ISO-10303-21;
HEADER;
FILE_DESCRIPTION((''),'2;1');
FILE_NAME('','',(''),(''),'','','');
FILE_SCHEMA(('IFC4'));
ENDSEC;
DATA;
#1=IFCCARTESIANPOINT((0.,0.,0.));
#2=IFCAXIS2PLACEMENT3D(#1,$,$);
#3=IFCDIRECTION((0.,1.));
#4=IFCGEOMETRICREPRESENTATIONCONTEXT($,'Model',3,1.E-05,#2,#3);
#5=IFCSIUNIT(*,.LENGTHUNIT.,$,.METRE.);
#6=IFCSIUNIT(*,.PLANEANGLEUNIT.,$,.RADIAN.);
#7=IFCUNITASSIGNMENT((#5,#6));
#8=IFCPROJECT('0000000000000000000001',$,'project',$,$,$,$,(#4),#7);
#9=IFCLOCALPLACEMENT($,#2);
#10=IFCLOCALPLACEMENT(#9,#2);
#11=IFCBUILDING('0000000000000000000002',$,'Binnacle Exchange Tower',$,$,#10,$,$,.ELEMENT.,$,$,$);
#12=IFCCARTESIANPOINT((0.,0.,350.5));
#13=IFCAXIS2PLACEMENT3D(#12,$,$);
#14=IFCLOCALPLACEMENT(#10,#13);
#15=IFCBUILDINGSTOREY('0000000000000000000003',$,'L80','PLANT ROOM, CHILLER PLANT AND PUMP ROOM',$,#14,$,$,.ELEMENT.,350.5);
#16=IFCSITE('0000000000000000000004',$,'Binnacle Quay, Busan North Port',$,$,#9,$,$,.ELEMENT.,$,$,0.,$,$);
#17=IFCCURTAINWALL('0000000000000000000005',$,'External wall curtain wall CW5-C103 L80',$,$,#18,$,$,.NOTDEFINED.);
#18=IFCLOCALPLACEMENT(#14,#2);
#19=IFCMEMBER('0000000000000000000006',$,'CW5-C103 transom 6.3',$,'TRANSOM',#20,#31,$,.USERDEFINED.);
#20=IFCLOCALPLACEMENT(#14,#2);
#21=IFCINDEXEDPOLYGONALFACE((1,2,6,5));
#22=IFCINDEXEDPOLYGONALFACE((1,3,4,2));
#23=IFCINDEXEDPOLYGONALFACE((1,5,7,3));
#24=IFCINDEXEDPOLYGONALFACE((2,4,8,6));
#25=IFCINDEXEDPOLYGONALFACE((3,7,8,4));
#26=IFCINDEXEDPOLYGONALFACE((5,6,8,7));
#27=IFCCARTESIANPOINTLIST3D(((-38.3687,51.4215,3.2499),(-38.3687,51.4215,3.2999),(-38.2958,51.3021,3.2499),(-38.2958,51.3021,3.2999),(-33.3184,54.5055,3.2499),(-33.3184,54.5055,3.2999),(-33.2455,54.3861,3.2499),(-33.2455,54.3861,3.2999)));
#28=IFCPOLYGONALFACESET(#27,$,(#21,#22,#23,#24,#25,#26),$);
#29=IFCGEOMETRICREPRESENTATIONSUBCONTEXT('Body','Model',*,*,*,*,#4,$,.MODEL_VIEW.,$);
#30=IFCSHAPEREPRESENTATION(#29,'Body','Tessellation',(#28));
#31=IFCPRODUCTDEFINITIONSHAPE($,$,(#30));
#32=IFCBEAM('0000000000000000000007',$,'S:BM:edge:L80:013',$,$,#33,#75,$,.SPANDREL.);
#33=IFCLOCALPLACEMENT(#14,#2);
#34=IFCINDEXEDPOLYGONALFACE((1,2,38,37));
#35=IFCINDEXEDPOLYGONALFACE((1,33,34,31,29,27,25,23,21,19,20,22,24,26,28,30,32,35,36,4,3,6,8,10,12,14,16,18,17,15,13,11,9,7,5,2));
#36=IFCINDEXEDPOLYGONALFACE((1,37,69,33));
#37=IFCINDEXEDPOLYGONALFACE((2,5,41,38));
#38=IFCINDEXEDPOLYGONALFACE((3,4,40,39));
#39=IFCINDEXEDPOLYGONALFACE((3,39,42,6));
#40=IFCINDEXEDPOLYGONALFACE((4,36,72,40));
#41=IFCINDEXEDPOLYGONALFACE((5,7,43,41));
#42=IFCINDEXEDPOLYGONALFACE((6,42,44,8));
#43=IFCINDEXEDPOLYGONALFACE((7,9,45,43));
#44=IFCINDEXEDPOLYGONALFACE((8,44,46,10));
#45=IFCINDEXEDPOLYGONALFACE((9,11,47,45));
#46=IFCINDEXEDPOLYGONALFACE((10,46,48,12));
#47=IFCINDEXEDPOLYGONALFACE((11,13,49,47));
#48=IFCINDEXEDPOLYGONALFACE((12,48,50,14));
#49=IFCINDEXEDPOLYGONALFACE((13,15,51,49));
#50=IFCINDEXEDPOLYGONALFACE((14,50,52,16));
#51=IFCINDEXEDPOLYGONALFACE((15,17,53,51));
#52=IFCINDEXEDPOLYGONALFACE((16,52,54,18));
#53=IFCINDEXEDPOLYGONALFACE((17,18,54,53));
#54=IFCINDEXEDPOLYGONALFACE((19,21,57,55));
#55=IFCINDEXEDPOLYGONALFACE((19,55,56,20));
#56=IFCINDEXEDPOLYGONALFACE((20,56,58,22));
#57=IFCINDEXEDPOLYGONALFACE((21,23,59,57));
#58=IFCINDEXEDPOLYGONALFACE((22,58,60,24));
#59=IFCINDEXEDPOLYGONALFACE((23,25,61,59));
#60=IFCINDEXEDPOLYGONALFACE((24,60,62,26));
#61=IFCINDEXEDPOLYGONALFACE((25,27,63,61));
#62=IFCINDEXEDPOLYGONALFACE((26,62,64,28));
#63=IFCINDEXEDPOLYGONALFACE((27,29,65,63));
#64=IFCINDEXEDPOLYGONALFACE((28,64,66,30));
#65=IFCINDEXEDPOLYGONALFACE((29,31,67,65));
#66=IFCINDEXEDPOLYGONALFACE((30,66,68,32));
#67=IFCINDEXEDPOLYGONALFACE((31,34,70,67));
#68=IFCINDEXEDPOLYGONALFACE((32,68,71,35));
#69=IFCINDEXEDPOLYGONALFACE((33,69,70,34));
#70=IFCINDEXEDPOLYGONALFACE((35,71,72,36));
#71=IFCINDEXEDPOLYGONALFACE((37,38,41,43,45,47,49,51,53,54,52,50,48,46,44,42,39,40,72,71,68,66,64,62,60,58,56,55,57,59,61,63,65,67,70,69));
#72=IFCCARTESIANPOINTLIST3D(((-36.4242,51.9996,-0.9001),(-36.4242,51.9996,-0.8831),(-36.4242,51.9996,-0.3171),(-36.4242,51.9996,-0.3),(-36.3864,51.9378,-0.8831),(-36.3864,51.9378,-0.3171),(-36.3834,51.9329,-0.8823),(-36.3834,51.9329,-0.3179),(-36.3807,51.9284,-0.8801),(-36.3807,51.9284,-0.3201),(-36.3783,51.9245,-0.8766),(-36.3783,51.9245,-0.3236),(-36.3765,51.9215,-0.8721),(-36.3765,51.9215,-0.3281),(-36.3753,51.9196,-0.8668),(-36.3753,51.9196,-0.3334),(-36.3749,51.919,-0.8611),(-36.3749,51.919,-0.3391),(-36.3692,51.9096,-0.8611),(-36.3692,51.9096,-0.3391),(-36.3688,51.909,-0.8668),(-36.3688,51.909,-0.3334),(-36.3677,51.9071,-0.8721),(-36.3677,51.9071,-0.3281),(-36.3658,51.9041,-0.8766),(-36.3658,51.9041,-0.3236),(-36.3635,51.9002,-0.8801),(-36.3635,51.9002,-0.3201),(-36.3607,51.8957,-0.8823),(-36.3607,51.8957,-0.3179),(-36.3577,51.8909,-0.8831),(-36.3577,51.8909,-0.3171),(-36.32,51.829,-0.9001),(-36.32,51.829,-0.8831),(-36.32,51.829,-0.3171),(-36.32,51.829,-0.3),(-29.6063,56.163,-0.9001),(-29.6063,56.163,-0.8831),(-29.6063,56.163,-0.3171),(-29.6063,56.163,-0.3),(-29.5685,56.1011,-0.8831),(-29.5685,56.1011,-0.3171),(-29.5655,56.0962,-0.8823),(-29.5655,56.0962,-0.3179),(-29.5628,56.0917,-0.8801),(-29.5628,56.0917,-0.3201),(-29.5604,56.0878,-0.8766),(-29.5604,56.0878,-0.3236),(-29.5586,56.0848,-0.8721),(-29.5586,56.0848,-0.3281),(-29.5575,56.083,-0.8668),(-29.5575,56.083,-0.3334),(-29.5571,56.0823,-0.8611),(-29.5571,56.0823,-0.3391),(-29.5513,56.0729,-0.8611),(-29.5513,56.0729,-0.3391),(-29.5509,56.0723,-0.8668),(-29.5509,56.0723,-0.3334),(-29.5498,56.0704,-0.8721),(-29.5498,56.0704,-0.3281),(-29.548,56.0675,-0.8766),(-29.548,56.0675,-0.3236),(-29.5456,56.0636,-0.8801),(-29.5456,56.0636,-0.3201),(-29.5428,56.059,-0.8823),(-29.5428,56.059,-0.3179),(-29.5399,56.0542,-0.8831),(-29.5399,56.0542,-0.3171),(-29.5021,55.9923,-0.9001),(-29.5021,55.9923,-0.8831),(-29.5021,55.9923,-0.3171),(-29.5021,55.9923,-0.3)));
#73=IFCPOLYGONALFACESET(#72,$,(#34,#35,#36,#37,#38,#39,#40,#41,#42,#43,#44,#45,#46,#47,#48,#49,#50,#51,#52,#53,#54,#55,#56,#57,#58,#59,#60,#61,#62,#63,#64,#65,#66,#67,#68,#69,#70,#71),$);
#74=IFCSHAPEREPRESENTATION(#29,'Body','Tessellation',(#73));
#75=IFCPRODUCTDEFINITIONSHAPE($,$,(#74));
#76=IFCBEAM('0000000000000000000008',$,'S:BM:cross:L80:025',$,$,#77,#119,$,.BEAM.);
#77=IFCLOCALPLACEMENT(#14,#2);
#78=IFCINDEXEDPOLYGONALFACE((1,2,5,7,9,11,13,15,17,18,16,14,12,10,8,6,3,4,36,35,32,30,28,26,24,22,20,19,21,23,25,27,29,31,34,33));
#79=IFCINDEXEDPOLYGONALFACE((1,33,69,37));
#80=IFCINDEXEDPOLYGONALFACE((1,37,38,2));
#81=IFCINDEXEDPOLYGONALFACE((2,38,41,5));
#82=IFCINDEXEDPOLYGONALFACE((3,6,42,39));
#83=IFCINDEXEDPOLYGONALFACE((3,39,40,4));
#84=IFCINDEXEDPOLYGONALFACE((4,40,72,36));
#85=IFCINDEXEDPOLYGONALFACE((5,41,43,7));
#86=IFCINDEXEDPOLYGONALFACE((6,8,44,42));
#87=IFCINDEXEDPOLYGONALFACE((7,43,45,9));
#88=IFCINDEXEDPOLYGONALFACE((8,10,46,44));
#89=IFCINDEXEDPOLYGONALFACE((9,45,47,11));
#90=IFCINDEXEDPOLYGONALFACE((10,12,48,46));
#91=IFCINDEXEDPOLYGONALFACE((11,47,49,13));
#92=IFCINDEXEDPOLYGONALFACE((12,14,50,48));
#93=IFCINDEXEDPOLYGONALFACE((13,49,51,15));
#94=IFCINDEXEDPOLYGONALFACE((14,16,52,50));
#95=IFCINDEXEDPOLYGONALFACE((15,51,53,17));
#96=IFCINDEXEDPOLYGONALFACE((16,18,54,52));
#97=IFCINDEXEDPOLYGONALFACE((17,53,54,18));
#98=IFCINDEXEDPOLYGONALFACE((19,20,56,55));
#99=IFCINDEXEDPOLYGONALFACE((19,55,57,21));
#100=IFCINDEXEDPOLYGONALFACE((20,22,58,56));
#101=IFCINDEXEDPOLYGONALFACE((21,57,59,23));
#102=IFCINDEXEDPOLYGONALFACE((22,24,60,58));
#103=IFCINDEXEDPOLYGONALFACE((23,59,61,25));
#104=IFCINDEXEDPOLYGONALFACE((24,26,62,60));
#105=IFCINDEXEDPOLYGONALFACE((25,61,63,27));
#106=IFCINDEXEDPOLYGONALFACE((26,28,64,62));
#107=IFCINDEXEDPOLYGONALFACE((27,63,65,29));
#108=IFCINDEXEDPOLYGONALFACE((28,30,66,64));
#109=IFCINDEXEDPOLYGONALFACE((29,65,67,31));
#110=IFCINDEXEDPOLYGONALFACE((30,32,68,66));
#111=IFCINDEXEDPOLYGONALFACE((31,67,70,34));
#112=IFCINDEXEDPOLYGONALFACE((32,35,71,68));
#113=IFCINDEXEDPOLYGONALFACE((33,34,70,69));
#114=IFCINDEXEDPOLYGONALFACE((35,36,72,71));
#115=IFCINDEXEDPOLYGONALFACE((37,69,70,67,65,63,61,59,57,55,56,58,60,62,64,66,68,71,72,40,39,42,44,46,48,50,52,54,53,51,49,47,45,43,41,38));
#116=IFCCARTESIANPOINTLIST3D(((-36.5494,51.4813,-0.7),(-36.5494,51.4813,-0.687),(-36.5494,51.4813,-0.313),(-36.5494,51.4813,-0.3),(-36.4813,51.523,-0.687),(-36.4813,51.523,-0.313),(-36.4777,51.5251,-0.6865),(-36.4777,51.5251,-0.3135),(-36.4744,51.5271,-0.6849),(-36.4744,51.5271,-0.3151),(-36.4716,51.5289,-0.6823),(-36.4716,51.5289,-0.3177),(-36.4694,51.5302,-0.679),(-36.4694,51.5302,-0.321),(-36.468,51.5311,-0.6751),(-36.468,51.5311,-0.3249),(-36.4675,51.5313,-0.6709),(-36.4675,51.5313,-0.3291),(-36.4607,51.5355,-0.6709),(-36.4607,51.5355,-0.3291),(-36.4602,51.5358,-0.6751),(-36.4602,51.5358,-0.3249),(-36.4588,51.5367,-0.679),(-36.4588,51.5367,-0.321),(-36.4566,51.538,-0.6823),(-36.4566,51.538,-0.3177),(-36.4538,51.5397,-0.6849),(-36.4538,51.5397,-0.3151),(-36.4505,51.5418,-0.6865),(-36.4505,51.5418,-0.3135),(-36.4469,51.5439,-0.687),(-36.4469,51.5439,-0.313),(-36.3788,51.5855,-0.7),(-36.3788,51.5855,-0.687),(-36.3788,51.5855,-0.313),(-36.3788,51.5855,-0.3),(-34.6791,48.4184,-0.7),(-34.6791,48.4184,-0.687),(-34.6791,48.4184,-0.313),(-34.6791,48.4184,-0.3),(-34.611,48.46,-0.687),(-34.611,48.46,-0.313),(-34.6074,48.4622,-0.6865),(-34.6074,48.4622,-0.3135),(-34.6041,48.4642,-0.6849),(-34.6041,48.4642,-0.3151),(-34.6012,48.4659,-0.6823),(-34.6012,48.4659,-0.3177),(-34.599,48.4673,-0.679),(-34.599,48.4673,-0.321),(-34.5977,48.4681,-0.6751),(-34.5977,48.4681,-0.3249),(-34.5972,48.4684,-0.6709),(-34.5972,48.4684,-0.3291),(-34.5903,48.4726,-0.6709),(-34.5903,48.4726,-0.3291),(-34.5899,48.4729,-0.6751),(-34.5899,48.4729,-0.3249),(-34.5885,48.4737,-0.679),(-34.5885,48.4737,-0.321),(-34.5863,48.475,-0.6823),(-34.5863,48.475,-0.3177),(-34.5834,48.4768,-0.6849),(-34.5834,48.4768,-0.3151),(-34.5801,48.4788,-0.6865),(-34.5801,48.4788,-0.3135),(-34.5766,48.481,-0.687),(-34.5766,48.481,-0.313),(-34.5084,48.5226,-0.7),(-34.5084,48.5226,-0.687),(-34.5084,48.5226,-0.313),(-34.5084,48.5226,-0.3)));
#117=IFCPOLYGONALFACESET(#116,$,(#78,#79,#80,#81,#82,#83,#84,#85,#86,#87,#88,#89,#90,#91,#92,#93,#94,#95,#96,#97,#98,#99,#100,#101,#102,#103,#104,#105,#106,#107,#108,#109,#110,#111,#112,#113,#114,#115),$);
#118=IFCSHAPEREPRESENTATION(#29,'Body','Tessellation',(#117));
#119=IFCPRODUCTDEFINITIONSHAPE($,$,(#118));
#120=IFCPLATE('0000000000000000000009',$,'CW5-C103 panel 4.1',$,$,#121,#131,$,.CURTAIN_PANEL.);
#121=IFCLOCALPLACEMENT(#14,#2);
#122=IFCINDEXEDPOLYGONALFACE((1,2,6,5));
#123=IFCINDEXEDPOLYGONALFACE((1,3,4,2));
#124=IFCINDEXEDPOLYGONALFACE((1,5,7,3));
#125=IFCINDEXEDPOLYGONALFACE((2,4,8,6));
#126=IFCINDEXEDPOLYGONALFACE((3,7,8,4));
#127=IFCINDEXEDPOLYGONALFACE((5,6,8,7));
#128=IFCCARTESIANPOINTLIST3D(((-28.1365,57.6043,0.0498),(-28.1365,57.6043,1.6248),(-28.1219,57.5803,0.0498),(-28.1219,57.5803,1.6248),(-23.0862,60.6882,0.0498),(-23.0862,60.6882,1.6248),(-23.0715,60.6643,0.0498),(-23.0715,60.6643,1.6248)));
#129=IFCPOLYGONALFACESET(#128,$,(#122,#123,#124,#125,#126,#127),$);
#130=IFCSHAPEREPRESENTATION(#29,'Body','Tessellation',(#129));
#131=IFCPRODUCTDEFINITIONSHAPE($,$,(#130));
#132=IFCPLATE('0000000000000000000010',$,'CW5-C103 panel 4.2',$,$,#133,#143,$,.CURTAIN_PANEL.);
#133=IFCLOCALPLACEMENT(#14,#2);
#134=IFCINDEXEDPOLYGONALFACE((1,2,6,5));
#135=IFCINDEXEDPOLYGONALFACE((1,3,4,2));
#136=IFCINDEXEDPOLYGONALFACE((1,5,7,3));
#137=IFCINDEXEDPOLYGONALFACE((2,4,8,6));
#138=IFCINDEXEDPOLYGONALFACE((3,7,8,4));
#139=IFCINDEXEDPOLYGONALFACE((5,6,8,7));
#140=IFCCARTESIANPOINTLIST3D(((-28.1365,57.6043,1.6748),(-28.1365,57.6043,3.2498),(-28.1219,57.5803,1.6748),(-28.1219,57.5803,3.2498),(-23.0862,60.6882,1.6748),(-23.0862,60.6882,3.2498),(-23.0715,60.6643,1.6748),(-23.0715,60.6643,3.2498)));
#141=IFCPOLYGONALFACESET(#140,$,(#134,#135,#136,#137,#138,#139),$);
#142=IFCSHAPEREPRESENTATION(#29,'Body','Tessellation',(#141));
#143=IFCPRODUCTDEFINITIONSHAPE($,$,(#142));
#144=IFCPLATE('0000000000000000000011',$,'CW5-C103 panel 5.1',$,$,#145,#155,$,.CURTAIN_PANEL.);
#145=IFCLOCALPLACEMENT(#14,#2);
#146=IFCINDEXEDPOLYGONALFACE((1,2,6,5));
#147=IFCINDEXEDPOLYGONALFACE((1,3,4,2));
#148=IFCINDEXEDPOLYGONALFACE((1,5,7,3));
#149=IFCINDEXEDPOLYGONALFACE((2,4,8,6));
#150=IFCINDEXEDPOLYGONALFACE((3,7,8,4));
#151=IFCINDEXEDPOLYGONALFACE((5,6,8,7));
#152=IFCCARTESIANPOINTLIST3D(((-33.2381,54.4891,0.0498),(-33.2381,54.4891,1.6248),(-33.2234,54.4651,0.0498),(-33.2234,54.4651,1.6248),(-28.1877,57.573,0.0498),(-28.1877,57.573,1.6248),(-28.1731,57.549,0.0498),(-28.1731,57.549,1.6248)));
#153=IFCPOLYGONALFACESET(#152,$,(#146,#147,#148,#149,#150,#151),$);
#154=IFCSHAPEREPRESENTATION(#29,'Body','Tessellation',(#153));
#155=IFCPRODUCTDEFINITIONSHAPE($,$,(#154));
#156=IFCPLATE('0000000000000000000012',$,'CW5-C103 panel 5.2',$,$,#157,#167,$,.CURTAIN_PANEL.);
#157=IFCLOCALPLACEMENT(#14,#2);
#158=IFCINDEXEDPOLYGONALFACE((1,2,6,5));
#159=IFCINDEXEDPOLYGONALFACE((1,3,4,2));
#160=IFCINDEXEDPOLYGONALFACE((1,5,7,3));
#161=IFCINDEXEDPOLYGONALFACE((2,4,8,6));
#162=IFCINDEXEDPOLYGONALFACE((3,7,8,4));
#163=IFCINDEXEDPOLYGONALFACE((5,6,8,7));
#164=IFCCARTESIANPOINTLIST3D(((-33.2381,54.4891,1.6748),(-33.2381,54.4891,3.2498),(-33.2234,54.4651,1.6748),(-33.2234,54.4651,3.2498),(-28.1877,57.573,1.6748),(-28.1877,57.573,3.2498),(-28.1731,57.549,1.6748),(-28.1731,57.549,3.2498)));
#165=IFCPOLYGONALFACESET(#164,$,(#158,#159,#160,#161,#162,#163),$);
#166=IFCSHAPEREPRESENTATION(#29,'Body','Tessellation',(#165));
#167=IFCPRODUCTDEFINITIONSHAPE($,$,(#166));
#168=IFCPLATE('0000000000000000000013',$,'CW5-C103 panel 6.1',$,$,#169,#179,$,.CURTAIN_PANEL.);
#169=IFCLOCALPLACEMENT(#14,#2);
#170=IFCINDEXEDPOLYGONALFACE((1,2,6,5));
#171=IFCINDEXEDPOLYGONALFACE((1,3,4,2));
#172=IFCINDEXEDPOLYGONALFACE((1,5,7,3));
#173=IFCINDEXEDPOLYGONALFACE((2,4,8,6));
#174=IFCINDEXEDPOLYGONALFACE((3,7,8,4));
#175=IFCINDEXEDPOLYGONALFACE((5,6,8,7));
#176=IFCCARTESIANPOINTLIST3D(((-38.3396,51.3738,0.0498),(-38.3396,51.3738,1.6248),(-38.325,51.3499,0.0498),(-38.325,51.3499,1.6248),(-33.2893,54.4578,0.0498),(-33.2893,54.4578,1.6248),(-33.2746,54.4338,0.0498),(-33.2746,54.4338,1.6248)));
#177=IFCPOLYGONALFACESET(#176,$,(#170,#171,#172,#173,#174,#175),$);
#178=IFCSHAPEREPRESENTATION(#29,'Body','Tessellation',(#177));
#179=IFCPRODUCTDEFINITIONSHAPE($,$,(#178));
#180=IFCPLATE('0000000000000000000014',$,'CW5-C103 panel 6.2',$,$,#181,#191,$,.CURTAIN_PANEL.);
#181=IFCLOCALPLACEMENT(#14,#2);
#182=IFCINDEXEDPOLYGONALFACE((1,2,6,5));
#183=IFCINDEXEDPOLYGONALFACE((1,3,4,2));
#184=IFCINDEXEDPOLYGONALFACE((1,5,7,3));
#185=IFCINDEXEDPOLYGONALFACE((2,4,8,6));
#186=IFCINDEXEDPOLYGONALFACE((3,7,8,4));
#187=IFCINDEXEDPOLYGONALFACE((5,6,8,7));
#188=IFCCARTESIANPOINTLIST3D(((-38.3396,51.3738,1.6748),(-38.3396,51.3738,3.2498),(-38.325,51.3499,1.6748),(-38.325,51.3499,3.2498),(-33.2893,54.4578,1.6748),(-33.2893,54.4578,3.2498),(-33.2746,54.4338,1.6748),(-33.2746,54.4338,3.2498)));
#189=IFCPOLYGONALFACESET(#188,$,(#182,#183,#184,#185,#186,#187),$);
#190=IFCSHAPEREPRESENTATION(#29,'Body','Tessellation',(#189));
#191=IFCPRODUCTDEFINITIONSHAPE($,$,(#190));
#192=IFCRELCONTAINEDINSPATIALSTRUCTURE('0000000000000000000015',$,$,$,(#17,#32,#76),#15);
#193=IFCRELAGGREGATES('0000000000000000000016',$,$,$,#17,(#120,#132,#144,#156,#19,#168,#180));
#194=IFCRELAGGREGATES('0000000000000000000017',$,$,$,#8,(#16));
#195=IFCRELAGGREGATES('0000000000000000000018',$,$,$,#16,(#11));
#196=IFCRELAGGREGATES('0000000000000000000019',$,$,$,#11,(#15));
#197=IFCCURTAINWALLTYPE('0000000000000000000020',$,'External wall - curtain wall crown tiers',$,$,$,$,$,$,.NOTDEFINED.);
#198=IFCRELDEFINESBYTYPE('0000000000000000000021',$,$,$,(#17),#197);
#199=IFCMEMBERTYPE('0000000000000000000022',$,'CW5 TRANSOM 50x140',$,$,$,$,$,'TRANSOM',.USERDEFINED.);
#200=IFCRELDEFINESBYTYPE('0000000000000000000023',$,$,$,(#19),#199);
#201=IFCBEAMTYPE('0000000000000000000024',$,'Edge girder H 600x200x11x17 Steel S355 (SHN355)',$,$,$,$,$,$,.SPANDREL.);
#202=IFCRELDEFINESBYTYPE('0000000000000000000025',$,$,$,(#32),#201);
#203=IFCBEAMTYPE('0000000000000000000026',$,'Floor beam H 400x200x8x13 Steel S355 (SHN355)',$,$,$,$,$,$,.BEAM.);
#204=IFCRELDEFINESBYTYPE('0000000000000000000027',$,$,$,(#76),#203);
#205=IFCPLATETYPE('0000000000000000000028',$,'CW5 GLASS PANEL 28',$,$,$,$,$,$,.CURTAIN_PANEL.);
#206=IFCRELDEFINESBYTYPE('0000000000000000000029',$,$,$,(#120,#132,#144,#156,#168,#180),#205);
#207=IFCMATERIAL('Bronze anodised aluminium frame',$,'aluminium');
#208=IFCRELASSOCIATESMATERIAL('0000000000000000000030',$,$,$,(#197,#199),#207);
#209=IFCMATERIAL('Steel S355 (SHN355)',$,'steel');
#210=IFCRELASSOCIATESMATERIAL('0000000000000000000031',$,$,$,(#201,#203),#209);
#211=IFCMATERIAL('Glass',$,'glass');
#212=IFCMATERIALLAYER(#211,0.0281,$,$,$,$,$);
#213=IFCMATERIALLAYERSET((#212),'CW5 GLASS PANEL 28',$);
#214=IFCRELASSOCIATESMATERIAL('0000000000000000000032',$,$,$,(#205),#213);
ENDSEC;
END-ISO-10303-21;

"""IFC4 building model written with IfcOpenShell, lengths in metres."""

from ifc_helpers import new_model, si_unit, direction, frame, origin, origin_2d, place, context, subcontext, project, spatial, rectangle, i_section, extrude, material, layer, layer_set, material_profile, profile_set, type_object, element, aggregate, save


model = new_model("IFC4")

# Units and contexts
model_context = context("Model", 3, precision=1e-05, world=origin(), true_north=direction((0.0, 1.0)))
body_context = subcontext(model_context, "Body", "Model", "MODEL_VIEW")
ifc_project = project(units=[si_unit("LENGTHUNIT", "METRE"), si_unit("PLANEANGLEUNIT", "RADIAN")], contexts=[model_context])

# Site, building, storey
site_placement = place(None, origin())
site = spatial("IfcSite", under=ifc_project, at=site_placement, Name="Binnacle Quay, Busan North Port", CompositionType="ELEMENT", RefElevation=0.0)
building_placement = place(site_placement, origin())
building = spatial("IfcBuilding", under=site, at=building_placement, Name="Binnacle Exchange Tower", CompositionType="ELEMENT")
storey_placement = place(building_placement, frame((0.0, 0.0, 350.5)))
storey = spatial("IfcBuildingStorey", under=building, at=storey_placement, Name="L80", Description="PLANT ROOM, CHILLER PLANT AND PUMP ROOM", CompositionType="ELEMENT", Elevation=350.5)

# Shared definitions
ifc_material_1 = material(Name="Steel S355 (SHN355)", Category="steel")

# Curtain wall, member
ifc_material_2 = material(Name="Bronze anodised aluminium frame", Category="aluminium")
curtain_wall_type = type_object("IfcCurtainWallType", Name="External wall - curtain wall crown tiers", PredefinedType="NOTDEFINED", material=ifc_material_2)
curtain_wall_placement = place(storey_placement, origin())
curtain_wall = element("IfcCurtainWall", 1, at=curtain_wall_placement, inside=storey, type_object=curtain_wall_type, Name="External wall curtain wall CW5-C103 L80", PredefinedType="NOTDEFINED")
ifc_material_profile_1 = material_profile(ifc_material_2, rectangle(XDim=0.1399, YDim=0.05, at=origin_2d()), Name="AL 140x50")
ifc_profile_set_1 = profile_set([ifc_material_profile_1], Name="Bronze anodised aluminium frame")
member_type_1 = type_object("IfcMemberType", Name="CW5 TRANSOM 50x140", ElementType="TRANSOM", PredefinedType="USERDEFINED", material=ifc_profile_set_1)
member_1_placement = place(storey_placement, frame((-33.282, 54.4458, 3.2749), z_axis=(-0.853455, -0.521166, 0.0), x_axis=(0.521166, -0.853455, 0.0)))
member_1 = element("IfcMember", 2, at=member_1_placement, type_object=member_type_1, Name="CW5-C103 transom 6.3", ObjectType="TRANSOM", PredefinedType="USERDEFINED", context=body_context, shape_type="SweptSolid", body=[
    extrude(rectangle(XDim=0.1399, YDim=0.05, at=origin_2d()), origin(), (0.0, 0.0, 1.0), 5.9175),
])

# Beams
ifc_material_profile_2 = material_profile(ifc_material_1, i_section(OverallWidth=0.2, OverallDepth=0.6001, WebThickness=0.011, FlangeThickness=0.0171, FilletRadius=0.022, at=origin_2d()), Name="H 600x200x11x17")
ifc_profile_set_2 = profile_set([ifc_material_profile_2], Name="Steel S355 (SHN355)")
beam_type_1 = type_object("IfcBeamType", Name="Edge girder H 600x200x11x17 Steel S355 (SHN355)", PredefinedType="SPANDREL", material=ifc_profile_set_2)
beam_1_placement = place(storey_placement, frame((-29.5542, 56.0776, -0.6001), z_axis=(-0.853457, -0.521163, 0.0), x_axis=(0.521163, -0.853457, 0.0)))
element("IfcBeam", 3, at=beam_1_placement, inside=storey, type_object=beam_type_1, Name="S:BM:edge:L80:013", PredefinedType="SPANDREL", context=body_context, shape_type="SweptSolid", body=[
    extrude(i_section(OverallWidth=0.2, OverallDepth=0.6001, WebThickness=0.011, FlangeThickness=0.0171, FilletRadius=0.022, at=origin_2d()), origin(), (0.0, 0.0, 1.0), 7.9885),
])
ifc_material_profile_3 = material_profile(ifc_material_1, i_section(OverallWidth=0.2, OverallDepth=0.3999, WebThickness=0.0081, FlangeThickness=0.0129, FilletRadius=0.0161, at=origin_2d()), Name="H 400x200x8x13")
ifc_profile_set_3 = profile_set([ifc_material_profile_3], Name="Steel S355 (SHN355)")
beam_type_2 = type_object("IfcBeamType", Name="Floor beam H 400x200x8x13 Steel S355 (SHN355)", PredefinedType="BEAM", material=ifc_profile_set_3)
beam_2_placement = place(storey_placement, frame((-36.4641, 51.5334, -0.5), z_axis=(0.521153, -0.853463, 0.0), x_axis=(0.853463, 0.521153, 0.0)))
element("IfcBeam", 4, at=beam_2_placement, inside=storey, type_object=beam_type_2, Name="S:BM:cross:L80:025", PredefinedType="BEAM", context=body_context, shape_type="SweptSolid", body=[
    extrude(i_section(OverallWidth=0.2, OverallDepth=0.3999, WebThickness=0.0081, FlangeThickness=0.0129, FilletRadius=0.0161, at=origin_2d()), origin(), (0.0, 0.0, 1.0), 3.5889),
])

# Plates
ifc_material_3 = material(Name="Glass", Category="glass")
ifc_layer_1 = layer(ifc_material_3, 0.0281)
ifc_layer_set_1 = layer_set([ifc_layer_1], Name="CW5 GLASS PANEL 28")
plate_type = type_object("IfcPlateType", Name="CW5 GLASS PANEL 28", PredefinedType="CURTAIN_PANEL", material=ifc_layer_set_1)
plate_1_placement = place(storey_placement, frame((-25.604, 59.1343, 0.0498), z_axis=(0.0, 0.0, 1.0), x_axis=(-0.853461, -0.521157, 0.0)))
plate_1 = element("IfcPlate", 5, at=plate_1_placement, type_object=plate_type, Name="CW5-C103 panel 4.1", PredefinedType="CURTAIN_PANEL", context=body_context, shape_type="SweptSolid", body=[
    extrude(rectangle(XDim=5.9175, YDim=0.0281, at=origin_2d()), origin(), (0.0, 0.0, 1.0), 1.575),
])
plate_2_placement = place(storey_placement, frame((-25.604, 59.1343, 1.6748), z_axis=(0.0, 0.0, 1.0), x_axis=(-0.853461, -0.521157, 0.0)))
plate_2 = element("IfcPlate", 6, at=plate_2_placement, type_object=plate_type, Name="CW5-C103 panel 4.2", PredefinedType="CURTAIN_PANEL", context=body_context, shape_type="SweptSolid", body=[
    extrude(rectangle(XDim=5.9175, YDim=0.0281, at=origin_2d()), origin(), (0.0, 0.0, 1.0), 1.575),
])
plate_3_placement = place(storey_placement, frame((-30.7056, 56.019, 0.0498), z_axis=(0.0, 0.0, 1.0), x_axis=(-0.853461, -0.521157, 0.0)))
plate_3 = element("IfcPlate", 7, at=plate_3_placement, type_object=plate_type, Name="CW5-C103 panel 5.1", PredefinedType="CURTAIN_PANEL", context=body_context, shape_type="SweptSolid", body=[
    extrude(rectangle(XDim=5.9175, YDim=0.0281, at=origin_2d()), origin(), (0.0, 0.0, 1.0), 1.575),
])
plate_4_placement = place(storey_placement, frame((-30.7056, 56.019, 1.6748), z_axis=(0.0, 0.0, 1.0), x_axis=(-0.853461, -0.521157, 0.0)))
plate_4 = element("IfcPlate", 8, at=plate_4_placement, type_object=plate_type, Name="CW5-C103 panel 5.2", PredefinedType="CURTAIN_PANEL", context=body_context, shape_type="SweptSolid", body=[
    extrude(rectangle(XDim=5.9175, YDim=0.0281, at=origin_2d()), origin(), (0.0, 0.0, 1.0), 1.575),
])
plate_5_placement = place(storey_placement, frame((-35.8071, 52.9038, 0.0498), z_axis=(0.0, 0.0, 1.0), x_axis=(-0.853461, -0.521157, 0.0)))
plate_5 = element("IfcPlate", 9, at=plate_5_placement, type_object=plate_type, Name="CW5-C103 panel 6.1", PredefinedType="CURTAIN_PANEL", context=body_context, shape_type="SweptSolid", body=[
    extrude(rectangle(XDim=5.9175, YDim=0.0281, at=origin_2d()), origin(), (0.0, 0.0, 1.0), 1.575),
])
plate_6_placement = place(storey_placement, frame((-35.8071, 52.9038, 1.6748), z_axis=(0.0, 0.0, 1.0), x_axis=(-0.853461, -0.521157, 0.0)))
plate_6 = element("IfcPlate", 10, at=plate_6_placement, type_object=plate_type, Name="CW5-C103 panel 6.2", PredefinedType="CURTAIN_PANEL", context=body_context, shape_type="SweptSolid", body=[
    extrude(rectangle(XDim=5.9175, YDim=0.0281, at=origin_2d()), origin(), (0.0, 0.0, 1.0), 1.575),
])
aggregate(curtain_wall, [plate_1, plate_2, plate_3, plate_4, member_1, plate_5, plate_6])

save(model, "model.ifc")
